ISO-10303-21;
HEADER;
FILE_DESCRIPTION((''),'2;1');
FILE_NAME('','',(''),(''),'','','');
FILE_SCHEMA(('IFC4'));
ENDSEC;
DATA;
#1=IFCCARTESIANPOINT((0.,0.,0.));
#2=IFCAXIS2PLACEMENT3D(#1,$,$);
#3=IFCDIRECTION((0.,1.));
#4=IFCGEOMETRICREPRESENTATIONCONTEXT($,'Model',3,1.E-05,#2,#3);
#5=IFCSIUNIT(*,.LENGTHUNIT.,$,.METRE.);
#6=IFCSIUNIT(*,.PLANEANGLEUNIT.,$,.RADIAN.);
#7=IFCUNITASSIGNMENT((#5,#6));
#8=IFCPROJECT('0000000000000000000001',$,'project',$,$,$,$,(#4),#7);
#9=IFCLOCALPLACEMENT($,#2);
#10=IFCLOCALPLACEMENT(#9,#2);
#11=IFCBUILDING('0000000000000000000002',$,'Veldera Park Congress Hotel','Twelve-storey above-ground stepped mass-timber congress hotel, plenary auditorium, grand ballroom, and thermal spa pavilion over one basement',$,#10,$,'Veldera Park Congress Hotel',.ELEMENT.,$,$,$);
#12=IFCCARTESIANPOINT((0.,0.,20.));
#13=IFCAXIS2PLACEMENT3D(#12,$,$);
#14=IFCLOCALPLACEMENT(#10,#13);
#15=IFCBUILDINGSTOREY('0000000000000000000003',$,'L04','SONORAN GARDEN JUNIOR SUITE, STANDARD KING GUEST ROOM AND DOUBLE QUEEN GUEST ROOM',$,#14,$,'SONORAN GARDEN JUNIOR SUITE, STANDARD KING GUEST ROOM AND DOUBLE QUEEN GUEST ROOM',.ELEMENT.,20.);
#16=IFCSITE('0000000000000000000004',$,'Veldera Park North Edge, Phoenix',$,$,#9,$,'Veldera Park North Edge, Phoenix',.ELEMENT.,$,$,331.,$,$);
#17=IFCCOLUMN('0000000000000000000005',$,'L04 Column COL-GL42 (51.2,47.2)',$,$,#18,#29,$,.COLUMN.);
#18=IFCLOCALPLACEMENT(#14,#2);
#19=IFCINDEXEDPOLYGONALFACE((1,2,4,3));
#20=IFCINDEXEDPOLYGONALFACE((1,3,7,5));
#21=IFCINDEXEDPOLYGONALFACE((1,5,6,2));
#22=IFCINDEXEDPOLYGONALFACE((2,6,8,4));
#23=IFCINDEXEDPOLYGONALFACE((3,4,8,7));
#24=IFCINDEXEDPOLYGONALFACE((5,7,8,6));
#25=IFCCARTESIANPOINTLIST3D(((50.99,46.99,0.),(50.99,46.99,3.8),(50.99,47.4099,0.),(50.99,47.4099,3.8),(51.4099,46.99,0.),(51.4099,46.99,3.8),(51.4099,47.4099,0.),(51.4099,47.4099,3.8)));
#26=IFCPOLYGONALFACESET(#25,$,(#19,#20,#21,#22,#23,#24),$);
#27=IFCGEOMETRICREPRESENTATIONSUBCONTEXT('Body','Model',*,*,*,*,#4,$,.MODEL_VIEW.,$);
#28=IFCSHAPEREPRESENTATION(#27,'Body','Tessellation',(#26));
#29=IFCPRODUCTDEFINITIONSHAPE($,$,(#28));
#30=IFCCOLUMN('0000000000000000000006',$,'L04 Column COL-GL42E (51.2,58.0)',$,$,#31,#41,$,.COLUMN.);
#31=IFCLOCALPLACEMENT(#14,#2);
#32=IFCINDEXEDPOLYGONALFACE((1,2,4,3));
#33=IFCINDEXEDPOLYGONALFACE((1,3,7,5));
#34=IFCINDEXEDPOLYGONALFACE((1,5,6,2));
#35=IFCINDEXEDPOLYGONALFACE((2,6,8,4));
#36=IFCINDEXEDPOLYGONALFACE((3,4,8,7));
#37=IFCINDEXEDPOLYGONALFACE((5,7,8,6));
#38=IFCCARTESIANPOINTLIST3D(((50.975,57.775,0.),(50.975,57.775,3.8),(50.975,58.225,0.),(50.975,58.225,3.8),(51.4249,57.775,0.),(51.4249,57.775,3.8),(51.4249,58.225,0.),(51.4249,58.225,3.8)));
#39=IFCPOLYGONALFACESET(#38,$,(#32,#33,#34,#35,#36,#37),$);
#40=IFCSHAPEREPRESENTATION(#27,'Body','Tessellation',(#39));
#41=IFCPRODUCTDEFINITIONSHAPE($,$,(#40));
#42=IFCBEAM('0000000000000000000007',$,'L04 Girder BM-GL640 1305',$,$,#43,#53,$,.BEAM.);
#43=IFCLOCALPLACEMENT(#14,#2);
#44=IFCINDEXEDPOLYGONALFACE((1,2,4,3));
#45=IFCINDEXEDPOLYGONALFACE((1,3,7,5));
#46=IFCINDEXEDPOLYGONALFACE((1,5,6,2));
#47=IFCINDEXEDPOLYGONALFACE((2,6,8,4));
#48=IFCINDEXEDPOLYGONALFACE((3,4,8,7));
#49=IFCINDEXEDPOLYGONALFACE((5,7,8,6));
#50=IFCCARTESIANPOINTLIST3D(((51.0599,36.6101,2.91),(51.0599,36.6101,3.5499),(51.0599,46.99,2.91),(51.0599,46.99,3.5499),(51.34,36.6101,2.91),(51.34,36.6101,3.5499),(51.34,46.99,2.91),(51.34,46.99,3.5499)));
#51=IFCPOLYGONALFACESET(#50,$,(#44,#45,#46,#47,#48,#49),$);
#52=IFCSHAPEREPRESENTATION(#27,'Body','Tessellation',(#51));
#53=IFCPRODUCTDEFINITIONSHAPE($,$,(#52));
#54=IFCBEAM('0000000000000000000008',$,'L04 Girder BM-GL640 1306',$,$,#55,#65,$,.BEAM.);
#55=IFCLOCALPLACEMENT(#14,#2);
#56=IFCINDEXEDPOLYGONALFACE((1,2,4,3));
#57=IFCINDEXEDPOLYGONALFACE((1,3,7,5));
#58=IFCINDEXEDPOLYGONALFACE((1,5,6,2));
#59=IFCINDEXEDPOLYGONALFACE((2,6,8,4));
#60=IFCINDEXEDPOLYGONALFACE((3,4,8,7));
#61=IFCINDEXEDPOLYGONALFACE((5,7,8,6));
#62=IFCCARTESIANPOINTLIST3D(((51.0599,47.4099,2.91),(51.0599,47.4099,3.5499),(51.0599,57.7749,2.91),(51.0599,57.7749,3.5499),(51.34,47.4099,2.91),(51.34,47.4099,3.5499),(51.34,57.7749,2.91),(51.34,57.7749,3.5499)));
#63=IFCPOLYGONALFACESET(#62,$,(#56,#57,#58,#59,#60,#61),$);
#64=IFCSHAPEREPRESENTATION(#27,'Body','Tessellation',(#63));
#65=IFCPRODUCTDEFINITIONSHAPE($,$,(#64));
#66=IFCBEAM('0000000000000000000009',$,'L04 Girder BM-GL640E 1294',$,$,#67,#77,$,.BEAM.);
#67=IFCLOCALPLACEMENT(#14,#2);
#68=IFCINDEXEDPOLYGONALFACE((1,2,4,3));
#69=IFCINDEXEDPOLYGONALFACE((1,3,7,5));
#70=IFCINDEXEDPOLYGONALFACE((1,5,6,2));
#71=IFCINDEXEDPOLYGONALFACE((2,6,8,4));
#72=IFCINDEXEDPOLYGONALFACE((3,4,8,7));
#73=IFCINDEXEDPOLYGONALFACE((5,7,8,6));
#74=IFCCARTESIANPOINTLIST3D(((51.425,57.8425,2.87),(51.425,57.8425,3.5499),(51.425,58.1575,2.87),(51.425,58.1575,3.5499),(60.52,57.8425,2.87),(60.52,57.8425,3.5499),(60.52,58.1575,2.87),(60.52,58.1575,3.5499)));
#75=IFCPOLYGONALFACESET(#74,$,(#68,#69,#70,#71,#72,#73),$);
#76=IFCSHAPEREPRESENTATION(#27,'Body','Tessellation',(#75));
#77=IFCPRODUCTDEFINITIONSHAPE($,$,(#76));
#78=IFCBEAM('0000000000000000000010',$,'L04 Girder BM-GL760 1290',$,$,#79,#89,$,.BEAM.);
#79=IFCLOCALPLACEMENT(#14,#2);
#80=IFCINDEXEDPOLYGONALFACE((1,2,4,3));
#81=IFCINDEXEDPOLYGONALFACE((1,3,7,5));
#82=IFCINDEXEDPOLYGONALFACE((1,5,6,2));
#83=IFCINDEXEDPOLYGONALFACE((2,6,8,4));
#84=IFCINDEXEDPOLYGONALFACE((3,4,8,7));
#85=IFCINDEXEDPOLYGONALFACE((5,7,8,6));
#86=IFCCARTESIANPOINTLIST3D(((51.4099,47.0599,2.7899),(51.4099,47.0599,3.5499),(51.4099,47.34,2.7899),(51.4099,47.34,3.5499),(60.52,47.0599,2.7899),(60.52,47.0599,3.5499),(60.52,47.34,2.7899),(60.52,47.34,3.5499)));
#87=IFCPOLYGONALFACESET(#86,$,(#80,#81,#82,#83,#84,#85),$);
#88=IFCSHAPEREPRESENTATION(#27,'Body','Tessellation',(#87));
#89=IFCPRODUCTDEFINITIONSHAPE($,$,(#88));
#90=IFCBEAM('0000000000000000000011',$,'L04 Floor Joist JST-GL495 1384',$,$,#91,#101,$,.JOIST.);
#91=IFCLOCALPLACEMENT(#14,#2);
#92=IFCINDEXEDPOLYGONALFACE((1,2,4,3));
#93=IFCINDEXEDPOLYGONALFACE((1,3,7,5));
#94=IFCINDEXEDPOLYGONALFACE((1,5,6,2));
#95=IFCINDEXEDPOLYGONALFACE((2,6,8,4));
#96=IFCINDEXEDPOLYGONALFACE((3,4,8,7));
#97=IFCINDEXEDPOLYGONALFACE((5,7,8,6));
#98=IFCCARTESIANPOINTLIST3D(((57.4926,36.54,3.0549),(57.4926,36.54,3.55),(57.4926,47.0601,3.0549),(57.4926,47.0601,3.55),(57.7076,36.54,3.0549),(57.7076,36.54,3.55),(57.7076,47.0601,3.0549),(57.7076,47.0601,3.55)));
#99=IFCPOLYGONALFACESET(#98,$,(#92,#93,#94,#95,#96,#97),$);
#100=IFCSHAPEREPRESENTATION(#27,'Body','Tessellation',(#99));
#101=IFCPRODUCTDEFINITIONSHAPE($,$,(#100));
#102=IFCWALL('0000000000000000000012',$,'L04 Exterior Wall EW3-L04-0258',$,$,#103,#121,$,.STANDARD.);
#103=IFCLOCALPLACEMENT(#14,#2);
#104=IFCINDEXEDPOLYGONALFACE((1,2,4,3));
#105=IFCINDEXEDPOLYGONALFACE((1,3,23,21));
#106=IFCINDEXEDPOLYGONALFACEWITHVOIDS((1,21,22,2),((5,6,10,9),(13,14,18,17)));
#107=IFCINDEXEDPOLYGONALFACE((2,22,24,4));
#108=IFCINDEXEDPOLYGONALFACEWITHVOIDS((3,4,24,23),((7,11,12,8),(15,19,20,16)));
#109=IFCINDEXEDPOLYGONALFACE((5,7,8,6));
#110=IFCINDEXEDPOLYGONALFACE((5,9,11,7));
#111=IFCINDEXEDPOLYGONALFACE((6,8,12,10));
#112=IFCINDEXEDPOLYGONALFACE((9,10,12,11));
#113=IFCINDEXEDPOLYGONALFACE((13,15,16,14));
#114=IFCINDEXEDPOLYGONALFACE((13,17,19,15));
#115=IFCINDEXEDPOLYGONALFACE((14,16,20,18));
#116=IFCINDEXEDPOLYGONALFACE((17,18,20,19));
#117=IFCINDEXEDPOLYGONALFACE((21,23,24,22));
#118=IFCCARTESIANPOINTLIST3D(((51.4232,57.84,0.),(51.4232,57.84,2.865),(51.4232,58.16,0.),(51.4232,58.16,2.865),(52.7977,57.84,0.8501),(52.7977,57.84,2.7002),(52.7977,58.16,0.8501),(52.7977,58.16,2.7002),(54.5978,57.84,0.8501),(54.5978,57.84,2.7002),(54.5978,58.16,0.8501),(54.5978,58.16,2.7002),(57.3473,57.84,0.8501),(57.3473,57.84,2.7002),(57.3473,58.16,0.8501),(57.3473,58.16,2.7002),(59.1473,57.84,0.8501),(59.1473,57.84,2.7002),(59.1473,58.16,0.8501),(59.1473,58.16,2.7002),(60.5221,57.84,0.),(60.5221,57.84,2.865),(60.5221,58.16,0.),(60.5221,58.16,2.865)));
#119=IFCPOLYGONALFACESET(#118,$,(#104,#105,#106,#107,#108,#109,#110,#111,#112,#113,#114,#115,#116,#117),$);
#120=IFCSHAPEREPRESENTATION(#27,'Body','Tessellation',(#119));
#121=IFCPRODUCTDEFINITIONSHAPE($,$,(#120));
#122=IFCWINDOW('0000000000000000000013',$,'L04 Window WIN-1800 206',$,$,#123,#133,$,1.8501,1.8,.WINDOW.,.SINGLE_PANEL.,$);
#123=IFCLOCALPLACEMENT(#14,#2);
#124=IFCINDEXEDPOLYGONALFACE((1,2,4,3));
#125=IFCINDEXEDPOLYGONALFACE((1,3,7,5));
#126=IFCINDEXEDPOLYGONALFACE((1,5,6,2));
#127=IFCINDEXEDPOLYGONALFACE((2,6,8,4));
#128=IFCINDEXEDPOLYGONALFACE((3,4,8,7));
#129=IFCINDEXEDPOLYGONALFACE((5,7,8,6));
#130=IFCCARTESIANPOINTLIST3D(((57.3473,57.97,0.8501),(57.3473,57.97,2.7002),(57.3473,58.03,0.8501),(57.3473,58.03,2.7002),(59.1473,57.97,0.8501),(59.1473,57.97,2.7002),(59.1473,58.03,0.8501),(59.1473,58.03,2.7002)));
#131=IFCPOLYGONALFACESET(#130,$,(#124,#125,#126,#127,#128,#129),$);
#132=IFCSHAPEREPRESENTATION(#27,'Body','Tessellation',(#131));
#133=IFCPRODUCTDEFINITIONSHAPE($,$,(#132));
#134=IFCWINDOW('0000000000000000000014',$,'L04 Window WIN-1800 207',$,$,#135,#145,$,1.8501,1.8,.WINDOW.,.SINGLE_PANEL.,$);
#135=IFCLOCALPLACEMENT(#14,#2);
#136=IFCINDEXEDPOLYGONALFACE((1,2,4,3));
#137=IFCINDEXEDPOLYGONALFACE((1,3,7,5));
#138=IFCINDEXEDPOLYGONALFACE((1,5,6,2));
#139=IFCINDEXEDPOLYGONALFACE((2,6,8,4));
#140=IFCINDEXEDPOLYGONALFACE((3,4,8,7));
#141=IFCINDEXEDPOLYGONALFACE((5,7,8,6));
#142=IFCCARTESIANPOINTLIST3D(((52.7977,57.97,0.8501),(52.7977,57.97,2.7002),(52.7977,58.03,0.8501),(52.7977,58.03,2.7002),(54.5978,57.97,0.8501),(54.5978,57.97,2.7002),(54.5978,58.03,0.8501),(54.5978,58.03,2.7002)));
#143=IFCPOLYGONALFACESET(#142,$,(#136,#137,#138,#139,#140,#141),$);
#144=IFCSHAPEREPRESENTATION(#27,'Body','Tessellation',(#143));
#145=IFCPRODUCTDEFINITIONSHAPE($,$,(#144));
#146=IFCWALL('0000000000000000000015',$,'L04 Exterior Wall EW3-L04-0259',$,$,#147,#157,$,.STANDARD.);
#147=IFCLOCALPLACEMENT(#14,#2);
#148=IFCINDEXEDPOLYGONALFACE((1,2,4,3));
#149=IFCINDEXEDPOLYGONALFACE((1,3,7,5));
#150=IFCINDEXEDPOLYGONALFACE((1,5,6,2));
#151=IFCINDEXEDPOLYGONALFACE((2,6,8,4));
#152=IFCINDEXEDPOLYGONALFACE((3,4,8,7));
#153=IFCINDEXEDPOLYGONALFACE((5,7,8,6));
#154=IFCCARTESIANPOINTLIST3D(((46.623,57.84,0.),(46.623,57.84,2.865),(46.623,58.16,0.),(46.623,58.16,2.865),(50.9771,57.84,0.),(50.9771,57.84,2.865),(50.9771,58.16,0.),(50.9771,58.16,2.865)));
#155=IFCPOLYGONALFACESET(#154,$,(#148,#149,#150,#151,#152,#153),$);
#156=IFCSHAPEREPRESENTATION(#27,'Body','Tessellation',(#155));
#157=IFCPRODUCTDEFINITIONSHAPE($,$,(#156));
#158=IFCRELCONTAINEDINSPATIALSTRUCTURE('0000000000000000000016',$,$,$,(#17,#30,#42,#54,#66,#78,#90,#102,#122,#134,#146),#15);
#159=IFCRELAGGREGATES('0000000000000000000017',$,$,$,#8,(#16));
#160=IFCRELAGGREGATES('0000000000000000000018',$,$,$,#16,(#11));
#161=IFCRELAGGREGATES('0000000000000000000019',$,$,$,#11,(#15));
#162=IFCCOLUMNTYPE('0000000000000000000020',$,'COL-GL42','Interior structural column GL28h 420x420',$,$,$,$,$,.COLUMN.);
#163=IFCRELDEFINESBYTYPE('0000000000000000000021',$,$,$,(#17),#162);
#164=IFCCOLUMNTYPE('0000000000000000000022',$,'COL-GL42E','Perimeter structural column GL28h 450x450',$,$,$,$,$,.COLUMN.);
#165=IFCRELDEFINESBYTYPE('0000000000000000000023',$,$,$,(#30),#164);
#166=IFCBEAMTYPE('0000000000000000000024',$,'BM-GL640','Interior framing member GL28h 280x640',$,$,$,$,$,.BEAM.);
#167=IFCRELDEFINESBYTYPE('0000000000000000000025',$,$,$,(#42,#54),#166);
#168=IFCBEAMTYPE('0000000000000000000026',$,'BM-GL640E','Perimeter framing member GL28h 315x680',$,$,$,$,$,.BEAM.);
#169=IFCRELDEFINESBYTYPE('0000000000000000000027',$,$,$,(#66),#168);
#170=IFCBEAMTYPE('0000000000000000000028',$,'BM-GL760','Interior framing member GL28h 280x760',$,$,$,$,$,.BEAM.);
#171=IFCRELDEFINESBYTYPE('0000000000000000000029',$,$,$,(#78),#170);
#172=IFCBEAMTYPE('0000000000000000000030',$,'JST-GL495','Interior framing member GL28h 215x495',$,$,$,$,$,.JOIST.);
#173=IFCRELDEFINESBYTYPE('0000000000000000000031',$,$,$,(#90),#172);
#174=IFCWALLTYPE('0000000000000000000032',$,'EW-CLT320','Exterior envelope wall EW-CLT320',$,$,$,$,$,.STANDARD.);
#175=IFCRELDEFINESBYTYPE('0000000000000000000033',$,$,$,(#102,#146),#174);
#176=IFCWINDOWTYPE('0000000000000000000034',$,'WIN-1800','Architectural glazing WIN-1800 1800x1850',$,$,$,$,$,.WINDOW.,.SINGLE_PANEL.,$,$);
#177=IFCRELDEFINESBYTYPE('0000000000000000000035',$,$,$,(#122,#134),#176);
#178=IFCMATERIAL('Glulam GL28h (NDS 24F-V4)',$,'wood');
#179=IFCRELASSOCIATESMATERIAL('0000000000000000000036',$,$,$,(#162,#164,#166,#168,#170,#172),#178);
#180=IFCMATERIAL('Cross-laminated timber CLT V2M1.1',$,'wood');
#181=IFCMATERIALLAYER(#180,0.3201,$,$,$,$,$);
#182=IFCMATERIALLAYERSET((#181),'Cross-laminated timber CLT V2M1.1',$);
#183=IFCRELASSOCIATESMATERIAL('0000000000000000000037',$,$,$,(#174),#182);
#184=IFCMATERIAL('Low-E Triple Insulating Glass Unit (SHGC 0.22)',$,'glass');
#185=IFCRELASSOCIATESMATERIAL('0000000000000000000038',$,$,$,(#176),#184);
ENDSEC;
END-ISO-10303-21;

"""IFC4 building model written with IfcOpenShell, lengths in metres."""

from ifc_helpers import new_model, si_unit, direction, frame, frame_2d, origin, origin_2d, place, context, subcontext, project, spatial, rectangle, extrude, material, layer, layer_set, material_profile, profile_set, type_object, element, fill, save


model = new_model("IFC4")

# Units and contexts
model_context = context("Model", 3, precision=1e-05, world=origin(), true_north=direction((0.0, 1.0)))
body_context = subcontext(model_context, "Body", "Model", "MODEL_VIEW")
ifc_project = project(units=[si_unit("LENGTHUNIT", "METRE"), si_unit("PLANEANGLEUNIT", "RADIAN")], contexts=[model_context])

# Site, building, storey
site_placement = place(None, origin())
site = spatial("IfcSite", under=ifc_project, at=site_placement, Name="Veldera Park North Edge, Phoenix", LongName="Veldera Park North Edge, Phoenix", CompositionType="ELEMENT", RefElevation=331.0)
building_placement = place(site_placement, origin())
building = spatial("IfcBuilding", under=site, at=building_placement, Name="Veldera Park Congress Hotel", Description="Twelve-storey above-ground stepped mass-timber congress hotel, plenary auditorium, grand ballroom, and thermal spa pavilion over one basement", LongName="Veldera Park Congress Hotel", CompositionType="ELEMENT")
storey_placement = place(building_placement, frame((0.0, 0.0, 20.0)))
storey = spatial("IfcBuildingStorey", under=building, at=storey_placement, Name="L04", Description="SONORAN GARDEN JUNIOR SUITE, STANDARD KING GUEST ROOM AND DOUBLE QUEEN GUEST ROOM", LongName="SONORAN GARDEN JUNIOR SUITE, STANDARD KING GUEST ROOM AND DOUBLE QUEEN GUEST ROOM", CompositionType="ELEMENT", Elevation=20.0)

# Columns
ifc_material_1 = material(Name="Glulam GL28h (NDS 24F-V4)", Category="wood")
ifc_material_profile_1 = material_profile(ifc_material_1, rectangle(XDim=0.4199, YDim=0.4199, at=origin_2d()), Name="GL28h 420x420")
ifc_profile_set_1 = profile_set([ifc_material_profile_1], Name="Glulam GL28h (NDS 24F-V4)")
column_type_1 = type_object("IfcColumnType", Name="COL-GL42", Description="Interior structural column GL28h 420x420", PredefinedType="COLUMN", material=ifc_profile_set_1)
column_1_placement = place(storey_placement, frame((51.2, 47.2, 0.0), z_axis=(0.0, 0.0, 1.0), x_axis=(1.0, 0.0, 0.0)))
element("IfcColumn", 1, at=column_1_placement, inside=storey, type_object=column_type_1, Name="L04 Column COL-GL42 (51.2,47.2)", PredefinedType="COLUMN", context=body_context, shape_type="SweptSolid", body=[
    extrude(rectangle(XDim=0.4199, YDim=0.4199, at=origin_2d()), origin(), (0.0, 0.0, 1.0), 3.8),
])
ifc_material_profile_2 = material_profile(ifc_material_1, rectangle(XDim=0.45, YDim=0.45, at=origin_2d()), Name="GL28h 450x450")
ifc_profile_set_2 = profile_set([ifc_material_profile_2], Name="Glulam GL28h (NDS 24F-V4)")
column_type_2 = type_object("IfcColumnType", Name="COL-GL42E", Description="Perimeter structural column GL28h 450x450", PredefinedType="COLUMN", material=ifc_profile_set_2)
column_2_placement = place(storey_placement, frame((51.2, 58.0, 0.0), z_axis=(0.0, 0.0, 1.0), x_axis=(1.0, 0.0, 0.0)))
element("IfcColumn", 2, at=column_2_placement, inside=storey, type_object=column_type_2, Name="L04 Column COL-GL42E (51.2,58.0)", PredefinedType="COLUMN", context=body_context, shape_type="SweptSolid", body=[
    extrude(rectangle(XDim=0.45, YDim=0.45, at=origin_2d()), origin(), (0.0, 0.0, 1.0), 3.8),
])

# Beams
ifc_material_profile_3 = material_profile(ifc_material_1, rectangle(XDim=0.28, YDim=0.6399, at=origin_2d()), Name="GL28h 280x640")
ifc_profile_set_3 = profile_set([ifc_material_profile_3], Name="Glulam GL28h (NDS 24F-V4)")
beam_type_1 = type_object("IfcBeamType", Name="BM-GL640", Description="Interior framing member GL28h 280x640", PredefinedType="BEAM", material=ifc_profile_set_3)
beam_1_placement = place(storey_placement, frame((51.2, 36.6101, 3.23), z_axis=(0.0, 1.0, 0.0), x_axis=(-1.0, 0.0, 0.0)))
element("IfcBeam", 3, at=beam_1_placement, inside=storey, type_object=beam_type_1, Name="L04 Girder BM-GL640 1305", PredefinedType="BEAM", context=body_context, shape_type="SweptSolid", body=[
    extrude(rectangle(XDim=0.28, YDim=0.6399, at=origin_2d()), origin(), (0.0, 0.0, 1.0), 10.3799),
])
beam_2_placement = place(storey_placement, frame((51.2, 47.4099, 3.23), z_axis=(0.0, 1.0, 0.0), x_axis=(-1.0, 0.0, 0.0)))
element("IfcBeam", 4, at=beam_2_placement, inside=storey, type_object=beam_type_1, Name="L04 Girder BM-GL640 1306", PredefinedType="BEAM", context=body_context, shape_type="SweptSolid", body=[
    extrude(rectangle(XDim=0.28, YDim=0.6399, at=origin_2d()), origin(), (0.0, 0.0, 1.0), 10.365),
])
ifc_material_profile_4 = material_profile(ifc_material_1, rectangle(XDim=0.3149, YDim=0.6799, at=origin_2d()), Name="GL28h 315x680")
ifc_profile_set_4 = profile_set([ifc_material_profile_4], Name="Glulam GL28h (NDS 24F-V4)")
beam_type_2 = type_object("IfcBeamType", Name="BM-GL640E", Description="Perimeter framing member GL28h 315x680", PredefinedType="BEAM", material=ifc_profile_set_4)
beam_3_placement = place(storey_placement, frame((51.425, 58.0, 3.21), z_axis=(1.0, 0.0, 0.0), x_axis=(0.0, 1.0, 0.0)))
element("IfcBeam", 5, at=beam_3_placement, inside=storey, type_object=beam_type_2, Name="L04 Girder BM-GL640E 1294", PredefinedType="BEAM", context=body_context, shape_type="SweptSolid", body=[
    extrude(rectangle(XDim=0.3149, YDim=0.6799, at=origin_2d()), origin(), (0.0, 0.0, 1.0), 9.095),
])
ifc_material_profile_5 = material_profile(ifc_material_1, rectangle(XDim=0.28, YDim=0.76, at=origin_2d()), Name="GL28h 280x760")
ifc_profile_set_5 = profile_set([ifc_material_profile_5], Name="Glulam GL28h (NDS 24F-V4)")
beam_type_3 = type_object("IfcBeamType", Name="BM-GL760", Description="Interior framing member GL28h 280x760", PredefinedType="BEAM", material=ifc_profile_set_5)
beam_4_placement = place(storey_placement, frame((51.4099, 47.2, 3.1699), z_axis=(1.0, 0.0, 0.0), x_axis=(0.0, 1.0, 0.0)))
element("IfcBeam", 6, at=beam_4_placement, inside=storey, type_object=beam_type_3, Name="L04 Girder BM-GL760 1290", PredefinedType="BEAM", context=body_context, shape_type="SweptSolid", body=[
    extrude(rectangle(XDim=0.28, YDim=0.76, at=origin_2d()), origin(), (0.0, 0.0, 1.0), 9.1101),
])
ifc_material_profile_6 = material_profile(ifc_material_1, rectangle(XDim=0.2151, YDim=0.4951, at=origin_2d()), Name="GL28h 215x495")
ifc_profile_set_6 = profile_set([ifc_material_profile_6], Name="Glulam GL28h (NDS 24F-V4)")
beam_type_4 = type_object("IfcBeamType", Name="JST-GL495", Description="Interior framing member GL28h 215x495", PredefinedType="JOIST", material=ifc_profile_set_6)
beam_5_placement = place(storey_placement, frame((57.6001, 36.54, 3.3025), z_axis=(0.0, 1.0, 0.0), x_axis=(-1.0, 0.0, 0.0)))
element("IfcBeam", 7, at=beam_5_placement, inside=storey, type_object=beam_type_4, Name="L04 Floor Joist JST-GL495 1384", PredefinedType="JOIST", context=body_context, shape_type="SweptSolid", body=[
    extrude(rectangle(XDim=0.2151, YDim=0.4951, at=origin_2d()), origin(), (0.0, 0.0, 1.0), 10.52),
])

# Wall, openings, windows
ifc_material_2 = material(Name="Cross-laminated timber CLT V2M1.1", Category="wood")
ifc_layer_1 = layer(ifc_material_2, 0.3201)
ifc_layer_set_1 = layer_set([ifc_layer_1], Name="Cross-laminated timber CLT V2M1.1")
wall_type_1 = type_object("IfcWallType", Name="EW-CLT320", Description="Exterior envelope wall EW-CLT320", PredefinedType="STANDARD", material=ifc_layer_set_1)
wall_1_placement = place(storey_placement, frame((60.522, 58.0, 0.0), z_axis=(0.0, 0.0, 1.0), x_axis=(-1.0, 0.0, 0.0)))
wall_1 = element("IfcWall", 8, at=wall_1_placement, inside=storey, type_object=wall_type_1, Name="L04 Exterior Wall EW3-L04-0258", PredefinedType="STANDARD", context=body_context, shape_type="SweptSolid", body=[
    extrude(rectangle(XDim=9.0989, YDim=0.3201, at=frame_2d((4.5493, 0.0))), origin(), (0.0, 0.0, 1.0), 2.865),
])
opening_1_placement = place(wall_1_placement, frame((1.3748, 0.0, 0.8501)))
opening_1 = element("IfcOpeningElement", 9, at=opening_1_placement, cuts=wall_1, PredefinedType="OPENING", context=body_context, shape_type="SweptSolid", body=[
    extrude(rectangle(XDim=1.8, YDim=1.8501, at=frame_2d((0.8999, 0.925))), frame((0.0, 0.1721, 0.0), z_axis=(0.0, -1.0, 0.0), x_axis=(1.0, 0.0, 0.0)), (0.0, 0.0, 1.0), 0.344),
])
opening_2_placement = place(wall_1_placement, frame((5.9243, 0.0, 0.8501)))
opening_2 = element("IfcOpeningElement", 10, at=opening_2_placement, cuts=wall_1, PredefinedType="OPENING", context=body_context, shape_type="SweptSolid", body=[
    extrude(rectangle(XDim=1.8, YDim=1.8501, at=frame_2d((0.8999, 0.925))), frame((0.0, 0.1721, 0.0), z_axis=(0.0, -1.0, 0.0), x_axis=(1.0, 0.0, 0.0)), (0.0, 0.0, 1.0), 0.344),
])
ifc_material_3 = material(Name="Low-E Triple Insulating Glass Unit (SHGC 0.22)", Category="glass")
window_type = type_object("IfcWindowType", Name="WIN-1800", Description="Architectural glazing WIN-1800 1800x1850", PartitioningType="SINGLE_PANEL", PredefinedType="WINDOW", material=ifc_material_3)
window_1_placement = place(opening_1_placement, origin())
window_1 = element("IfcWindow", 11, at=window_1_placement, inside=storey, type_object=window_type, Name="L04 Window WIN-1800 206", OverallHeight=1.8501, OverallWidth=1.8, PartitioningType="SINGLE_PANEL", PredefinedType="WINDOW", context=body_context, shape_type="SweptSolid", body=[
    extrude(rectangle(XDim=1.8, YDim=1.8501, at=frame_2d((0.8999, 0.925))), frame((0.0, 0.03, 0.0), z_axis=(0.0, -1.0, 0.0), x_axis=(1.0, 0.0, 0.0)), (0.0, 0.0, 1.0), 0.0601),
])
fill(opening_1, window_1)
window_2_placement = place(opening_2_placement, origin())
window_2 = element("IfcWindow", 12, at=window_2_placement, inside=storey, type_object=window_type, Name="L04 Window WIN-1800 207", OverallHeight=1.8501, OverallWidth=1.8, PartitioningType="SINGLE_PANEL", PredefinedType="WINDOW", context=body_context, shape_type="SweptSolid", body=[
    extrude(rectangle(XDim=1.8, YDim=1.8501, at=frame_2d((0.8999, 0.925))), frame((0.0, 0.03, 0.0), z_axis=(0.0, -1.0, 0.0), x_axis=(1.0, 0.0, 0.0)), (0.0, 0.0, 1.0), 0.0601),
])
fill(opening_2, window_2)

# Wall
wall_2_placement = place(storey_placement, frame((50.9771, 58.0, 0.0), z_axis=(0.0, 0.0, 1.0), x_axis=(-1.0, 0.0, 0.0)))
element("IfcWall", 13, at=wall_2_placement, inside=storey, type_object=wall_type_1, Name="L04 Exterior Wall EW3-L04-0259", PredefinedType="STANDARD", context=body_context, shape_type="SweptSolid", body=[
    extrude(rectangle(XDim=4.354, YDim=0.3201, at=frame_2d((2.177, 0.0))), origin(), (0.0, 0.0, 1.0), 2.865),
])

save(model, "model.ifc")
